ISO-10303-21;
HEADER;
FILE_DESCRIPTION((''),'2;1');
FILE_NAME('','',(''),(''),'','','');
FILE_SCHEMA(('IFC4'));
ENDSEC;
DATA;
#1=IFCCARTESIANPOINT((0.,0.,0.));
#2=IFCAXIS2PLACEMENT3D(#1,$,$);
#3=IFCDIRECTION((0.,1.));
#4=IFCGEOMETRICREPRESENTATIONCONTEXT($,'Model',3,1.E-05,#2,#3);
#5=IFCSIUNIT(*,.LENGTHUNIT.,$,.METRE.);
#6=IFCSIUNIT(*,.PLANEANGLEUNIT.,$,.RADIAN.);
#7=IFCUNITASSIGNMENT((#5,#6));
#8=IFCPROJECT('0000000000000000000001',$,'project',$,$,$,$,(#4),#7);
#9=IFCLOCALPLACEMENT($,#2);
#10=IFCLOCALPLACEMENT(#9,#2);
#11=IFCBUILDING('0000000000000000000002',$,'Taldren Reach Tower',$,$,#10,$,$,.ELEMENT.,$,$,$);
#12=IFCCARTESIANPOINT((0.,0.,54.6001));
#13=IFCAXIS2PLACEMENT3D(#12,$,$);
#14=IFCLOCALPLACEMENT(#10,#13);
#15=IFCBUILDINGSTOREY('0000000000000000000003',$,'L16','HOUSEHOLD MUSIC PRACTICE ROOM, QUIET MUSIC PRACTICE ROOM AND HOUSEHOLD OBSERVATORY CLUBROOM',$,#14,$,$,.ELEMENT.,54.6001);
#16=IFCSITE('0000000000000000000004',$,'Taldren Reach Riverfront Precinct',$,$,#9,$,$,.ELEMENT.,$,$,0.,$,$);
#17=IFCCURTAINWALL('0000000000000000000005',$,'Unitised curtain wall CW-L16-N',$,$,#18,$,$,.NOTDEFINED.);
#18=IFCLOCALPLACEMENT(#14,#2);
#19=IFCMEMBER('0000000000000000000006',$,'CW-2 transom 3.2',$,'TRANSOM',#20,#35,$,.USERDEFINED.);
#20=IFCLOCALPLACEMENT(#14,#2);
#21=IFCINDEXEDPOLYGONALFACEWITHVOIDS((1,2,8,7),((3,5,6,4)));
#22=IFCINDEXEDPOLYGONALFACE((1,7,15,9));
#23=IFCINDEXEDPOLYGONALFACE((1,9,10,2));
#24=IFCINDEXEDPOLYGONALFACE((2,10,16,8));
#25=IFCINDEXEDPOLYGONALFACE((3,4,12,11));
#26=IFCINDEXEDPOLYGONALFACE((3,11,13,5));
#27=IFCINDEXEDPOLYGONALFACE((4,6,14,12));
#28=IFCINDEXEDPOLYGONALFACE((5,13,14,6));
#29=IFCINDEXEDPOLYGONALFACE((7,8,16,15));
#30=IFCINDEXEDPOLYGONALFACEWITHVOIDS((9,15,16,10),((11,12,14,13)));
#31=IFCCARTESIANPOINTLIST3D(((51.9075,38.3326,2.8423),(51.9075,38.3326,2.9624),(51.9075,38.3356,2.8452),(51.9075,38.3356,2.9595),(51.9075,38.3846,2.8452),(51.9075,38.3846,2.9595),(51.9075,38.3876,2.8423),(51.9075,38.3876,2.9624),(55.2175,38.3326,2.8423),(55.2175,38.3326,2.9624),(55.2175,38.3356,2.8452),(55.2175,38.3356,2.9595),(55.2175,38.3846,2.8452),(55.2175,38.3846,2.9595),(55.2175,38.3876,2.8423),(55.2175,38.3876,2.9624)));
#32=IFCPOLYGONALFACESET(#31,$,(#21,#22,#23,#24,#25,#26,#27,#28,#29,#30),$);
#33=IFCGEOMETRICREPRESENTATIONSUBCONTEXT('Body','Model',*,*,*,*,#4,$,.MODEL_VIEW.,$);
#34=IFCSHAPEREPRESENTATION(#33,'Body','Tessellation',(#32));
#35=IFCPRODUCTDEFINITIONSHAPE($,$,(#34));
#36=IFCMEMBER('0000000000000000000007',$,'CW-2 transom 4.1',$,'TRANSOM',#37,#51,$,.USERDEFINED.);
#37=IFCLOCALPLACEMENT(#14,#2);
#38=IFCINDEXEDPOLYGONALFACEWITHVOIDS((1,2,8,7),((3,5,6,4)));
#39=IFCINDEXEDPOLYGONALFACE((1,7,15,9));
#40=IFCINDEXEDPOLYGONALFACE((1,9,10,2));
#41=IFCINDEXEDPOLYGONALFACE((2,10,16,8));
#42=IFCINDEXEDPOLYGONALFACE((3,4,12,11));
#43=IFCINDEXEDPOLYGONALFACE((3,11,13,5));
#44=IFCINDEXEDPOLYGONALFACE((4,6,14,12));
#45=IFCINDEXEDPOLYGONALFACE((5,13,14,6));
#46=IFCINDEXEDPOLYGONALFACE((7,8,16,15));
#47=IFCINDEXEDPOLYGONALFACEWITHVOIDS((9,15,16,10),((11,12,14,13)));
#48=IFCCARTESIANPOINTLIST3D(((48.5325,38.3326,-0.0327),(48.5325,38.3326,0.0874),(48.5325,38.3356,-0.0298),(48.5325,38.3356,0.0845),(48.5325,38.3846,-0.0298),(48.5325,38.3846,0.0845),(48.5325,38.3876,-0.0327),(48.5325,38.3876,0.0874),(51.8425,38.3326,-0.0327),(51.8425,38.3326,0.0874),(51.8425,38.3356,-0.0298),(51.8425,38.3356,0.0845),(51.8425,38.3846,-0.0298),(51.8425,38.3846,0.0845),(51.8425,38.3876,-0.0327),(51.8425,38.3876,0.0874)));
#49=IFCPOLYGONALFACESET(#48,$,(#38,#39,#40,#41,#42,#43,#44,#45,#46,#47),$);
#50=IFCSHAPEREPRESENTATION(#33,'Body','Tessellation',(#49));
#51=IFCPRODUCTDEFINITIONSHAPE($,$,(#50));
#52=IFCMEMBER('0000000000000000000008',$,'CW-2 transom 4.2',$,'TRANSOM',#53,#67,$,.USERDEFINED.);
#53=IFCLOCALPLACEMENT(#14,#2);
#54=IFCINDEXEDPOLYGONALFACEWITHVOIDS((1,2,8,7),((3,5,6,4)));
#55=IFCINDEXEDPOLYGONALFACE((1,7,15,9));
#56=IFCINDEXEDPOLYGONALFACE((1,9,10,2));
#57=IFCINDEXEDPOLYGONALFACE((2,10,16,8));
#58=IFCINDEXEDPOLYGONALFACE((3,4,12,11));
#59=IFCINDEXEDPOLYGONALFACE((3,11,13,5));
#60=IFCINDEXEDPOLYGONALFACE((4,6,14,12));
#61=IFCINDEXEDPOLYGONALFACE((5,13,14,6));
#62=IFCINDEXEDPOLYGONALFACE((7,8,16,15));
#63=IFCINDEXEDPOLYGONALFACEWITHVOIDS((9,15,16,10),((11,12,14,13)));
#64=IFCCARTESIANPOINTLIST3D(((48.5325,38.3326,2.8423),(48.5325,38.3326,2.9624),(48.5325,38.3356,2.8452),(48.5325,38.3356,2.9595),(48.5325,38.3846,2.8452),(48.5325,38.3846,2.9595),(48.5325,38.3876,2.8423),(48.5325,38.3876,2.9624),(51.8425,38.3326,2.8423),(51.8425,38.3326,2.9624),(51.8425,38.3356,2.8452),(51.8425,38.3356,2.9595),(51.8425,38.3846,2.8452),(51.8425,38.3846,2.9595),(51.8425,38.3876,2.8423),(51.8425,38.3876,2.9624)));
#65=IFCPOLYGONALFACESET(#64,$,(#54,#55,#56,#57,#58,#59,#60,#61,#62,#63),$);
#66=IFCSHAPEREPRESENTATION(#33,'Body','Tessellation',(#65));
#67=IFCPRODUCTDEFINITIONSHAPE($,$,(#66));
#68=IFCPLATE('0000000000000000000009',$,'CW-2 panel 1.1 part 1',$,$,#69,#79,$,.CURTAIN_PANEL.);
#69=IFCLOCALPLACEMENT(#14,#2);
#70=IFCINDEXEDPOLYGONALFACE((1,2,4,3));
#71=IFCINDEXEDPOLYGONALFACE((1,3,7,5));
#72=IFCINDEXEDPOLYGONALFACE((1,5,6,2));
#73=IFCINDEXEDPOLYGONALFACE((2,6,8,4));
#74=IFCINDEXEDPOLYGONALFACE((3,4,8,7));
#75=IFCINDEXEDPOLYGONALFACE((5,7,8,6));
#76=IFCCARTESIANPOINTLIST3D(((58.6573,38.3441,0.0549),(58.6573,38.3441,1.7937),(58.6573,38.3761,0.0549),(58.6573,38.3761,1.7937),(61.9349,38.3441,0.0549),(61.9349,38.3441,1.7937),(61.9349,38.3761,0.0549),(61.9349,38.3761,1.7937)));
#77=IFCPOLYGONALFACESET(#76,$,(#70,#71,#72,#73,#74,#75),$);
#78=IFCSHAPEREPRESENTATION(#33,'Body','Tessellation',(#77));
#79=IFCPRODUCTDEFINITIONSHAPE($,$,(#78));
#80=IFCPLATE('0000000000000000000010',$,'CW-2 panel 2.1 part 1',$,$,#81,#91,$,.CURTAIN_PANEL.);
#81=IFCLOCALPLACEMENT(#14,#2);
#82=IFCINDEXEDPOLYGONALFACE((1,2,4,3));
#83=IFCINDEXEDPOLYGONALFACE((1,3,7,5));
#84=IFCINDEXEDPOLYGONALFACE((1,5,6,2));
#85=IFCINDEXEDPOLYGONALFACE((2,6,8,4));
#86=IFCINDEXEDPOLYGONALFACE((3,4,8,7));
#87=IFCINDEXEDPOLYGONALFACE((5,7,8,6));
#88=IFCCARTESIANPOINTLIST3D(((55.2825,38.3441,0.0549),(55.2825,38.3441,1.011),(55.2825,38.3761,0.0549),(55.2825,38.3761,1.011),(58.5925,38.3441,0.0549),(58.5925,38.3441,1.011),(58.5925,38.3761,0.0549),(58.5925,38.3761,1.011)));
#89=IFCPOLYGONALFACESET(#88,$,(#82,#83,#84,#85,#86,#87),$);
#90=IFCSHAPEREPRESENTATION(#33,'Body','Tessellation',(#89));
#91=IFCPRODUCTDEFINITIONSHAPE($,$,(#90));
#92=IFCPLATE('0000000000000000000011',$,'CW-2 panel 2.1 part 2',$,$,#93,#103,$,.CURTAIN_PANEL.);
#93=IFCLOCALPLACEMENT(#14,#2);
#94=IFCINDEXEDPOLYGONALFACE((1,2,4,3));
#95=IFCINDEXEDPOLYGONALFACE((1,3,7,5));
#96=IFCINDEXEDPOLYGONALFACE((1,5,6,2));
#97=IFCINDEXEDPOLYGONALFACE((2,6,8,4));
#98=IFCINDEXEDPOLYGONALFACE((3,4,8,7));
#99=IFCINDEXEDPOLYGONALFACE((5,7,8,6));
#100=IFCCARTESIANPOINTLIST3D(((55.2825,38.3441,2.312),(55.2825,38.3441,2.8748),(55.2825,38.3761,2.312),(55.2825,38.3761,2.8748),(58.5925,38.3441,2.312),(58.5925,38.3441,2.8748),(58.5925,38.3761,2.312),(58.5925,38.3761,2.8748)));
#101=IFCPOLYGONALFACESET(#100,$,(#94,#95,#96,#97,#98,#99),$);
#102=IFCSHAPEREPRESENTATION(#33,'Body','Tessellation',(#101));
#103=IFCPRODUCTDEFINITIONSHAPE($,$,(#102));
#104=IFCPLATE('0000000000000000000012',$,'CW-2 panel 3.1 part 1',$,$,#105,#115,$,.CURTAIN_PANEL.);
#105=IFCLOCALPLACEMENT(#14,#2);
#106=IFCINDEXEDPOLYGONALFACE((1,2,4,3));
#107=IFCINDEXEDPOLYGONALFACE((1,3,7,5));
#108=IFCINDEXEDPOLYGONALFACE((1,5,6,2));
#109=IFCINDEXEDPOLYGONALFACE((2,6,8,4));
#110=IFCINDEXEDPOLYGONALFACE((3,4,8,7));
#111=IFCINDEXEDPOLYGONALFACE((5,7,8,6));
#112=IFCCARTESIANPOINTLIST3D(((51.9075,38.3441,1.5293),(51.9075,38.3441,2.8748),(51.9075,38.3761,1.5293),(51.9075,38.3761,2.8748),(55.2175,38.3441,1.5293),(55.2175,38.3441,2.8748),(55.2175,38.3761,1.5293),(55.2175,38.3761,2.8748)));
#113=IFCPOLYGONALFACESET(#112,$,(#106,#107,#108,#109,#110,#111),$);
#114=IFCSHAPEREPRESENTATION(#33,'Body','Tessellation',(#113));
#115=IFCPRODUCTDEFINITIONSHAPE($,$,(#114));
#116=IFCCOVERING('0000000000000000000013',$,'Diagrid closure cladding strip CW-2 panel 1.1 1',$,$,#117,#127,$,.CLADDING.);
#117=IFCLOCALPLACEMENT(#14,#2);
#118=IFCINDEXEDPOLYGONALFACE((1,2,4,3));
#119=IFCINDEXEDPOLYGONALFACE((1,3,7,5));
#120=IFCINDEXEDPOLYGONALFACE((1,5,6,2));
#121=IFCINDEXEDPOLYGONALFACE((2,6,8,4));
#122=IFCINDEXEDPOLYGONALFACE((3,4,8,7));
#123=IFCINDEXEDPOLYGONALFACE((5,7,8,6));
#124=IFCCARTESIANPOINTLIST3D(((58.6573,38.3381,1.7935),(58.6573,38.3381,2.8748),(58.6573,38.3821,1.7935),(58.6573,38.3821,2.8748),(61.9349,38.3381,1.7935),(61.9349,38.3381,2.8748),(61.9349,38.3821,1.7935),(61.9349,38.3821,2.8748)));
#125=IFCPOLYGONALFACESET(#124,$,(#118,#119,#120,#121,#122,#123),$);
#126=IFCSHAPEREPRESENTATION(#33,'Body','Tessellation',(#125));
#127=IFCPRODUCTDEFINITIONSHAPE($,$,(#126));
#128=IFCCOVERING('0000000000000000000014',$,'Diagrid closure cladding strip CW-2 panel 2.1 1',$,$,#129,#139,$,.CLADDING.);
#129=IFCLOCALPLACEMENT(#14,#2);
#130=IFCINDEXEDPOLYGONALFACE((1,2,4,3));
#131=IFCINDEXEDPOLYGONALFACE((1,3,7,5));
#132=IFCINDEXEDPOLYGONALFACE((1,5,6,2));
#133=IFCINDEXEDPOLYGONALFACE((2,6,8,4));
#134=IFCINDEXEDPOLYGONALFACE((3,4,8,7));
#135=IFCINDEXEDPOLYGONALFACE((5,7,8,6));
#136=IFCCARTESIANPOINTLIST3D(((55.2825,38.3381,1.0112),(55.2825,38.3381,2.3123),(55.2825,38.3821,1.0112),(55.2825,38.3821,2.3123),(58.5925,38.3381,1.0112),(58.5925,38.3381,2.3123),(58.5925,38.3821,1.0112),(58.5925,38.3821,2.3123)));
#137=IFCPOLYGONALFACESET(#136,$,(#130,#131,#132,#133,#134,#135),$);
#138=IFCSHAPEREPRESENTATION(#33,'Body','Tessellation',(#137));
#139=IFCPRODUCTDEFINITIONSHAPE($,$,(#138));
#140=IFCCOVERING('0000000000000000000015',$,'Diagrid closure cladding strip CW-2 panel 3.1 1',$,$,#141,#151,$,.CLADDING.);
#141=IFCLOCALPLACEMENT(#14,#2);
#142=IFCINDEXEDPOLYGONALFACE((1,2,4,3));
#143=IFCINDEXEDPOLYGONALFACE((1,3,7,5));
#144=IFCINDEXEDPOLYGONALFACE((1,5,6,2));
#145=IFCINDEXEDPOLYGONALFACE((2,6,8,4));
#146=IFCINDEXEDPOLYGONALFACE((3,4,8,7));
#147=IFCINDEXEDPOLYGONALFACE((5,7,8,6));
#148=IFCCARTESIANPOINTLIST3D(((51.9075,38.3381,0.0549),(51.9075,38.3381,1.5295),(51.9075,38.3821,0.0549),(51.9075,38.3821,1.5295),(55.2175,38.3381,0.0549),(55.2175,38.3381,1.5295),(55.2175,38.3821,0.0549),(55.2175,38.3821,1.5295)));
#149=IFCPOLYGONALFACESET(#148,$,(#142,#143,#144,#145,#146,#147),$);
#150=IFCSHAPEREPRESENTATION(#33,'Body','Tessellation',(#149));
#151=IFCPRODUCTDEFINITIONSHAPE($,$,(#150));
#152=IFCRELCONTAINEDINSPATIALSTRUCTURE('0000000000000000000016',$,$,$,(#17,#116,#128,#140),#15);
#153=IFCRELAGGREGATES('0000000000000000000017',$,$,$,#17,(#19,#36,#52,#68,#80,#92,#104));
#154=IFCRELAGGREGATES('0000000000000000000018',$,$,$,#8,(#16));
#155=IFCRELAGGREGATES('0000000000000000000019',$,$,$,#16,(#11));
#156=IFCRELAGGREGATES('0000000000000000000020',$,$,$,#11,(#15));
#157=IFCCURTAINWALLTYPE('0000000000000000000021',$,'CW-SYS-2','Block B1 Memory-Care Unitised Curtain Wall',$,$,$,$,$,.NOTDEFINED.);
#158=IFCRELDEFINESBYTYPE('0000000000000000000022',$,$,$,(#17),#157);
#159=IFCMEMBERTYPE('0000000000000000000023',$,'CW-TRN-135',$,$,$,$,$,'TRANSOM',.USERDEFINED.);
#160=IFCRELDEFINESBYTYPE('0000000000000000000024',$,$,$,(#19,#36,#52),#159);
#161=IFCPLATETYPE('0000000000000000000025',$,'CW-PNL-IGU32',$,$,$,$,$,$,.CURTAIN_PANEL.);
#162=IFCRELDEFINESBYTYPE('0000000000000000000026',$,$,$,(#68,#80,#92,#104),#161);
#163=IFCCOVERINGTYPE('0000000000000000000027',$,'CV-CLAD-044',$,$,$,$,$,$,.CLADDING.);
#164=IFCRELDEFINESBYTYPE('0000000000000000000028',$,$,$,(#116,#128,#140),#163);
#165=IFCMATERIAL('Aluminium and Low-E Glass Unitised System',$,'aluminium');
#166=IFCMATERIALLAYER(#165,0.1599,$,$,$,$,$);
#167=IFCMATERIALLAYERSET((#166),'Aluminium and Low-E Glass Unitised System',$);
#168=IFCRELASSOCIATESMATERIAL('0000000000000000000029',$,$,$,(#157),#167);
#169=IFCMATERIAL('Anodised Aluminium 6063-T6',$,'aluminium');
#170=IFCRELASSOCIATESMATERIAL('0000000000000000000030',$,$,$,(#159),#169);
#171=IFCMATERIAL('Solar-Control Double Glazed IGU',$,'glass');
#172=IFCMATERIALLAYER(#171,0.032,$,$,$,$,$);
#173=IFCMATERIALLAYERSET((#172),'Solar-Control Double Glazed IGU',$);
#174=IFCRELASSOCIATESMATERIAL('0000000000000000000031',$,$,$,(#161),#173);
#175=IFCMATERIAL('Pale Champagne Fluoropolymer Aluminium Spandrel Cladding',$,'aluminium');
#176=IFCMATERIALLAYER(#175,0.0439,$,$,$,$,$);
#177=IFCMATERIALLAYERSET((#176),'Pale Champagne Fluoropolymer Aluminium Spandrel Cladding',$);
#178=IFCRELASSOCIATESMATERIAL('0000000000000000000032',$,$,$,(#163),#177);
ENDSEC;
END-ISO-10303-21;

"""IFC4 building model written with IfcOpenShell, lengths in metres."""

from ifc_helpers import new_model, si_unit, direction, frame, origin, origin_2d, place, context, subcontext, project, spatial, rectangle, hollow_rectangle, extrude, source, transform, mapped, material, layer, layer_set, material_profile, profile_set, type_object, element, aggregate, save


model = new_model("IFC4")

# Units and contexts
model_context = context("Model", 3, precision=1e-05, world=origin(), true_north=direction((0.0, 1.0)))
body_context = subcontext(model_context, "Body", "Model", "MODEL_VIEW")
ifc_project = project(units=[si_unit("LENGTHUNIT", "METRE"), si_unit("PLANEANGLEUNIT", "RADIAN")], contexts=[model_context])

# Site, building, storey
site_placement = place(None, origin())
site = spatial("IfcSite", under=ifc_project, at=site_placement, Name="Taldren Reach Riverfront Precinct", CompositionType="ELEMENT", RefElevation=0.0)
building_placement = place(site_placement, origin())
building = spatial("IfcBuilding", under=site, at=building_placement, Name="Taldren Reach Tower", CompositionType="ELEMENT")
storey_placement = place(building_placement, frame((0.0, 0.0, 54.6001)))
storey = spatial("IfcBuildingStorey", under=building, at=storey_placement, Name="L16", Description="HOUSEHOLD MUSIC PRACTICE ROOM, QUIET MUSIC PRACTICE ROOM AND HOUSEHOLD OBSERVATORY CLUBROOM", CompositionType="ELEMENT", Elevation=54.6001)

# Curtain wall, members, plates
ifc_material_1 = material(Name="Aluminium and Low-E Glass Unitised System", Category="aluminium")
ifc_layer_1 = layer(ifc_material_1, 0.1599)
ifc_layer_set_1 = layer_set([ifc_layer_1], Name="Aluminium and Low-E Glass Unitised System")
curtain_wall_type = type_object("IfcCurtainWallType", Name="CW-SYS-2", Description="Block B1 Memory-Care Unitised Curtain Wall", PredefinedType="NOTDEFINED", material=ifc_layer_set_1)
curtain_wall_placement = place(storey_placement, origin())
curtain_wall = element("IfcCurtainWall", 1, at=curtain_wall_placement, inside=storey, type_object=curtain_wall_type, Name="Unitised curtain wall CW-L16-N", PredefinedType="NOTDEFINED")
ifc_material_2 = material(Name="Anodised Aluminium 6063-T6", Category="aluminium")
ifc_material_profile_1 = material_profile(ifc_material_2, hollow_rectangle(XDim=0.0549, YDim=0.1201, WallThickness=0.0029, at=origin_2d()), Name="ALU-120x55x3RHS")
ifc_profile_set_1 = profile_set([ifc_material_profile_1], Name="Anodised Aluminium 6063-T6")
member_type_1 = type_object("IfcMemberType", Name="CW-TRN-135", ElementType="TRANSOM", PredefinedType="USERDEFINED", material=ifc_profile_set_1)
shared_shape_1 = source(origin(), body_context, "Body", "SweptSolid", [
    extrude(hollow_rectangle(XDim=0.0549, YDim=0.1201, WallThickness=0.0029, at=origin_2d()), origin(), (0.0, 0.0, 1.0), 3.3101),
])
member_1_placement = place(storey_placement, frame((55.2175, 38.3601, 2.9023), z_axis=(-1.0, 0.0, 0.0), x_axis=(0.0, -1.0, 0.0)))
member_1 = element("IfcMember", 2, at=member_1_placement, type_object=member_type_1, Name="CW-2 transom 3.2", ObjectType="TRANSOM", PredefinedType="USERDEFINED", context=body_context, shape_type="MappedRepresentation", body=[
    mapped(shared_shape_1, transform((0.0, 0.0, 0.0), scale=1.0)),
])
member_2_placement = place(storey_placement, frame((51.8425, 38.3601, 0.0273), z_axis=(-1.0, 0.0, 0.0), x_axis=(0.0, -1.0, 0.0)))
member_2 = element("IfcMember", 3, at=member_2_placement, type_object=member_type_1, Name="CW-2 transom 4.1", ObjectType="TRANSOM", PredefinedType="USERDEFINED", context=body_context, shape_type="MappedRepresentation", body=[
    mapped(shared_shape_1, transform((0.0, 0.0, 0.0), scale=1.0)),
])
member_3_placement = place(storey_placement, frame((51.8425, 38.3601, 2.9023), z_axis=(-1.0, 0.0, 0.0), x_axis=(0.0, -1.0, 0.0)))
member_3 = element("IfcMember", 4, at=member_3_placement, type_object=member_type_1, Name="CW-2 transom 4.2", ObjectType="TRANSOM", PredefinedType="USERDEFINED", context=body_context, shape_type="MappedRepresentation", body=[
    mapped(shared_shape_1, transform((0.0, 0.0, 0.0), scale=1.0)),
])
ifc_material_3 = material(Name="Solar-Control Double Glazed IGU", Category="glass")
ifc_layer_2 = layer(ifc_material_3, 0.032)
ifc_layer_set_2 = layer_set([ifc_layer_2], Name="Solar-Control Double Glazed IGU")
plate_type = type_object("IfcPlateType", Name="CW-PNL-IGU32", PredefinedType="CURTAIN_PANEL", material=ifc_layer_set_2)
shared_shape_2 = source(origin(), body_context, "Body", "SweptSolid", [
    extrude(rectangle(XDim=3.2776, YDim=0.032, at=origin_2d()), origin(), (0.0, 0.0, 1.0), 1.7388),
])
plate_1_placement = place(storey_placement, frame((60.2961, 38.3601, 0.0549), z_axis=(0.0, 0.0, 1.0), x_axis=(-1.0, 0.0, 0.0)))
plate_1 = element("IfcPlate", 5, at=plate_1_placement, type_object=plate_type, Name="CW-2 panel 1.1 part 1", PredefinedType="CURTAIN_PANEL", context=body_context, shape_type="MappedRepresentation", body=[
    mapped(shared_shape_2, transform((0.0, 0.0, 0.0), scale=1.0)),
])
shared_shape_3 = source(origin(), body_context, "Body", "SweptSolid", [
    extrude(rectangle(XDim=3.3101, YDim=0.032, at=origin_2d()), origin(), (0.0, 0.0, 1.0), 0.9561),
])
plate_2_placement = place(storey_placement, frame((56.9375, 38.3601, 0.0549), z_axis=(0.0, 0.0, 1.0), x_axis=(-1.0, 0.0, 0.0)))
plate_2 = element("IfcPlate", 6, at=plate_2_placement, type_object=plate_type, Name="CW-2 panel 2.1 part 1", PredefinedType="CURTAIN_PANEL", context=body_context, shape_type="MappedRepresentation", body=[
    mapped(shared_shape_3, transform((0.0, 0.0, 0.0), scale=1.0)),
])
shared_shape_4 = source(origin(), body_context, "Body", "SweptSolid", [
    extrude(rectangle(XDim=3.3101, YDim=0.032, at=origin_2d()), origin(), (0.0, 0.0, 1.0), 0.5627),
])
plate_3_placement = place(storey_placement, frame((56.9375, 38.3601, 2.312), z_axis=(0.0, 0.0, 1.0), x_axis=(-1.0, 0.0, 0.0)))
plate_3 = element("IfcPlate", 7, at=plate_3_placement, type_object=plate_type, Name="CW-2 panel 2.1 part 2", PredefinedType="CURTAIN_PANEL", context=body_context, shape_type="MappedRepresentation", body=[
    mapped(shared_shape_4, transform((0.0, 0.0, 0.0), scale=1.0)),
])
shared_shape_5 = source(origin(), body_context, "Body", "SweptSolid", [
    extrude(rectangle(XDim=3.3101, YDim=0.032, at=origin_2d()), origin(), (0.0, 0.0, 1.0), 1.3455),
])
plate_4_placement = place(storey_placement, frame((53.5625, 38.3601, 1.5293), z_axis=(0.0, 0.0, 1.0), x_axis=(-1.0, 0.0, 0.0)))
plate_4 = element("IfcPlate", 8, at=plate_4_placement, type_object=plate_type, Name="CW-2 panel 3.1 part 1", PredefinedType="CURTAIN_PANEL", context=body_context, shape_type="MappedRepresentation", body=[
    mapped(shared_shape_5, transform((0.0, 0.0, 0.0), scale=1.0)),
])
aggregate(curtain_wall, [member_1, member_2, member_3, plate_1, plate_2, plate_3, plate_4])

# Coverings
ifc_material_4 = material(Name="Pale Champagne Fluoropolymer Aluminium Spandrel Cladding", Category="aluminium")
ifc_layer_3 = layer(ifc_material_4, 0.0439)
ifc_layer_set_3 = layer_set([ifc_layer_3], Name="Pale Champagne Fluoropolymer Aluminium Spandrel Cladding")
covering_type = type_object("IfcCoveringType", Name="CV-CLAD-044", PredefinedType="CLADDING", material=ifc_layer_set_3)
shared_shape_6 = source(origin(), body_context, "Body", "SweptSolid", [
    extrude(rectangle(XDim=3.2776, YDim=0.0439, at=origin_2d()), origin(), (0.0, 0.0, 1.0), 1.0813),
])
covering_1_placement = place(storey_placement, frame((60.2961, 38.3601, 1.7935), z_axis=(0.0, 0.0, 1.0), x_axis=(-1.0, 0.0, 0.0)))
element("IfcCovering", 9, at=covering_1_placement, inside=storey, type_object=covering_type, Name="Diagrid closure cladding strip CW-2 panel 1.1 1", PredefinedType="CLADDING", context=body_context, shape_type="MappedRepresentation", body=[
    mapped(shared_shape_6, transform((0.0, 0.0, 0.0), scale=1.0)),
])
shared_shape_7 = source(origin(), body_context, "Body", "SweptSolid", [
    extrude(rectangle(XDim=3.3101, YDim=0.0439, at=origin_2d()), origin(), (0.0, 0.0, 1.0), 1.301),
])
covering_2_placement = place(storey_placement, frame((56.9375, 38.3601, 1.0112), z_axis=(0.0, 0.0, 1.0), x_axis=(-1.0, 0.0, 0.0)))
element("IfcCovering", 10, at=covering_2_placement, inside=storey, type_object=covering_type, Name="Diagrid closure cladding strip CW-2 panel 2.1 1", PredefinedType="CLADDING", context=body_context, shape_type="MappedRepresentation", body=[
    mapped(shared_shape_7, transform((0.0, 0.0, 0.0), scale=1.0)),
])
shared_shape_8 = source(origin(), body_context, "Body", "SweptSolid", [
    extrude(rectangle(XDim=3.3101, YDim=0.0439, at=origin_2d()), origin(), (0.0, 0.0, 1.0), 1.4746),
])
covering_3_placement = place(storey_placement, frame((53.5625, 38.3601, 0.0549), z_axis=(0.0, 0.0, 1.0), x_axis=(-1.0, 0.0, 0.0)))
element("IfcCovering", 11, at=covering_3_placement, inside=storey, type_object=covering_type, Name="Diagrid closure cladding strip CW-2 panel 3.1 1", PredefinedType="CLADDING", context=body_context, shape_type="MappedRepresentation", body=[
    mapped(shared_shape_8, transform((0.0, 0.0, 0.0), scale=1.0)),
])

save(model, "model.ifc")
